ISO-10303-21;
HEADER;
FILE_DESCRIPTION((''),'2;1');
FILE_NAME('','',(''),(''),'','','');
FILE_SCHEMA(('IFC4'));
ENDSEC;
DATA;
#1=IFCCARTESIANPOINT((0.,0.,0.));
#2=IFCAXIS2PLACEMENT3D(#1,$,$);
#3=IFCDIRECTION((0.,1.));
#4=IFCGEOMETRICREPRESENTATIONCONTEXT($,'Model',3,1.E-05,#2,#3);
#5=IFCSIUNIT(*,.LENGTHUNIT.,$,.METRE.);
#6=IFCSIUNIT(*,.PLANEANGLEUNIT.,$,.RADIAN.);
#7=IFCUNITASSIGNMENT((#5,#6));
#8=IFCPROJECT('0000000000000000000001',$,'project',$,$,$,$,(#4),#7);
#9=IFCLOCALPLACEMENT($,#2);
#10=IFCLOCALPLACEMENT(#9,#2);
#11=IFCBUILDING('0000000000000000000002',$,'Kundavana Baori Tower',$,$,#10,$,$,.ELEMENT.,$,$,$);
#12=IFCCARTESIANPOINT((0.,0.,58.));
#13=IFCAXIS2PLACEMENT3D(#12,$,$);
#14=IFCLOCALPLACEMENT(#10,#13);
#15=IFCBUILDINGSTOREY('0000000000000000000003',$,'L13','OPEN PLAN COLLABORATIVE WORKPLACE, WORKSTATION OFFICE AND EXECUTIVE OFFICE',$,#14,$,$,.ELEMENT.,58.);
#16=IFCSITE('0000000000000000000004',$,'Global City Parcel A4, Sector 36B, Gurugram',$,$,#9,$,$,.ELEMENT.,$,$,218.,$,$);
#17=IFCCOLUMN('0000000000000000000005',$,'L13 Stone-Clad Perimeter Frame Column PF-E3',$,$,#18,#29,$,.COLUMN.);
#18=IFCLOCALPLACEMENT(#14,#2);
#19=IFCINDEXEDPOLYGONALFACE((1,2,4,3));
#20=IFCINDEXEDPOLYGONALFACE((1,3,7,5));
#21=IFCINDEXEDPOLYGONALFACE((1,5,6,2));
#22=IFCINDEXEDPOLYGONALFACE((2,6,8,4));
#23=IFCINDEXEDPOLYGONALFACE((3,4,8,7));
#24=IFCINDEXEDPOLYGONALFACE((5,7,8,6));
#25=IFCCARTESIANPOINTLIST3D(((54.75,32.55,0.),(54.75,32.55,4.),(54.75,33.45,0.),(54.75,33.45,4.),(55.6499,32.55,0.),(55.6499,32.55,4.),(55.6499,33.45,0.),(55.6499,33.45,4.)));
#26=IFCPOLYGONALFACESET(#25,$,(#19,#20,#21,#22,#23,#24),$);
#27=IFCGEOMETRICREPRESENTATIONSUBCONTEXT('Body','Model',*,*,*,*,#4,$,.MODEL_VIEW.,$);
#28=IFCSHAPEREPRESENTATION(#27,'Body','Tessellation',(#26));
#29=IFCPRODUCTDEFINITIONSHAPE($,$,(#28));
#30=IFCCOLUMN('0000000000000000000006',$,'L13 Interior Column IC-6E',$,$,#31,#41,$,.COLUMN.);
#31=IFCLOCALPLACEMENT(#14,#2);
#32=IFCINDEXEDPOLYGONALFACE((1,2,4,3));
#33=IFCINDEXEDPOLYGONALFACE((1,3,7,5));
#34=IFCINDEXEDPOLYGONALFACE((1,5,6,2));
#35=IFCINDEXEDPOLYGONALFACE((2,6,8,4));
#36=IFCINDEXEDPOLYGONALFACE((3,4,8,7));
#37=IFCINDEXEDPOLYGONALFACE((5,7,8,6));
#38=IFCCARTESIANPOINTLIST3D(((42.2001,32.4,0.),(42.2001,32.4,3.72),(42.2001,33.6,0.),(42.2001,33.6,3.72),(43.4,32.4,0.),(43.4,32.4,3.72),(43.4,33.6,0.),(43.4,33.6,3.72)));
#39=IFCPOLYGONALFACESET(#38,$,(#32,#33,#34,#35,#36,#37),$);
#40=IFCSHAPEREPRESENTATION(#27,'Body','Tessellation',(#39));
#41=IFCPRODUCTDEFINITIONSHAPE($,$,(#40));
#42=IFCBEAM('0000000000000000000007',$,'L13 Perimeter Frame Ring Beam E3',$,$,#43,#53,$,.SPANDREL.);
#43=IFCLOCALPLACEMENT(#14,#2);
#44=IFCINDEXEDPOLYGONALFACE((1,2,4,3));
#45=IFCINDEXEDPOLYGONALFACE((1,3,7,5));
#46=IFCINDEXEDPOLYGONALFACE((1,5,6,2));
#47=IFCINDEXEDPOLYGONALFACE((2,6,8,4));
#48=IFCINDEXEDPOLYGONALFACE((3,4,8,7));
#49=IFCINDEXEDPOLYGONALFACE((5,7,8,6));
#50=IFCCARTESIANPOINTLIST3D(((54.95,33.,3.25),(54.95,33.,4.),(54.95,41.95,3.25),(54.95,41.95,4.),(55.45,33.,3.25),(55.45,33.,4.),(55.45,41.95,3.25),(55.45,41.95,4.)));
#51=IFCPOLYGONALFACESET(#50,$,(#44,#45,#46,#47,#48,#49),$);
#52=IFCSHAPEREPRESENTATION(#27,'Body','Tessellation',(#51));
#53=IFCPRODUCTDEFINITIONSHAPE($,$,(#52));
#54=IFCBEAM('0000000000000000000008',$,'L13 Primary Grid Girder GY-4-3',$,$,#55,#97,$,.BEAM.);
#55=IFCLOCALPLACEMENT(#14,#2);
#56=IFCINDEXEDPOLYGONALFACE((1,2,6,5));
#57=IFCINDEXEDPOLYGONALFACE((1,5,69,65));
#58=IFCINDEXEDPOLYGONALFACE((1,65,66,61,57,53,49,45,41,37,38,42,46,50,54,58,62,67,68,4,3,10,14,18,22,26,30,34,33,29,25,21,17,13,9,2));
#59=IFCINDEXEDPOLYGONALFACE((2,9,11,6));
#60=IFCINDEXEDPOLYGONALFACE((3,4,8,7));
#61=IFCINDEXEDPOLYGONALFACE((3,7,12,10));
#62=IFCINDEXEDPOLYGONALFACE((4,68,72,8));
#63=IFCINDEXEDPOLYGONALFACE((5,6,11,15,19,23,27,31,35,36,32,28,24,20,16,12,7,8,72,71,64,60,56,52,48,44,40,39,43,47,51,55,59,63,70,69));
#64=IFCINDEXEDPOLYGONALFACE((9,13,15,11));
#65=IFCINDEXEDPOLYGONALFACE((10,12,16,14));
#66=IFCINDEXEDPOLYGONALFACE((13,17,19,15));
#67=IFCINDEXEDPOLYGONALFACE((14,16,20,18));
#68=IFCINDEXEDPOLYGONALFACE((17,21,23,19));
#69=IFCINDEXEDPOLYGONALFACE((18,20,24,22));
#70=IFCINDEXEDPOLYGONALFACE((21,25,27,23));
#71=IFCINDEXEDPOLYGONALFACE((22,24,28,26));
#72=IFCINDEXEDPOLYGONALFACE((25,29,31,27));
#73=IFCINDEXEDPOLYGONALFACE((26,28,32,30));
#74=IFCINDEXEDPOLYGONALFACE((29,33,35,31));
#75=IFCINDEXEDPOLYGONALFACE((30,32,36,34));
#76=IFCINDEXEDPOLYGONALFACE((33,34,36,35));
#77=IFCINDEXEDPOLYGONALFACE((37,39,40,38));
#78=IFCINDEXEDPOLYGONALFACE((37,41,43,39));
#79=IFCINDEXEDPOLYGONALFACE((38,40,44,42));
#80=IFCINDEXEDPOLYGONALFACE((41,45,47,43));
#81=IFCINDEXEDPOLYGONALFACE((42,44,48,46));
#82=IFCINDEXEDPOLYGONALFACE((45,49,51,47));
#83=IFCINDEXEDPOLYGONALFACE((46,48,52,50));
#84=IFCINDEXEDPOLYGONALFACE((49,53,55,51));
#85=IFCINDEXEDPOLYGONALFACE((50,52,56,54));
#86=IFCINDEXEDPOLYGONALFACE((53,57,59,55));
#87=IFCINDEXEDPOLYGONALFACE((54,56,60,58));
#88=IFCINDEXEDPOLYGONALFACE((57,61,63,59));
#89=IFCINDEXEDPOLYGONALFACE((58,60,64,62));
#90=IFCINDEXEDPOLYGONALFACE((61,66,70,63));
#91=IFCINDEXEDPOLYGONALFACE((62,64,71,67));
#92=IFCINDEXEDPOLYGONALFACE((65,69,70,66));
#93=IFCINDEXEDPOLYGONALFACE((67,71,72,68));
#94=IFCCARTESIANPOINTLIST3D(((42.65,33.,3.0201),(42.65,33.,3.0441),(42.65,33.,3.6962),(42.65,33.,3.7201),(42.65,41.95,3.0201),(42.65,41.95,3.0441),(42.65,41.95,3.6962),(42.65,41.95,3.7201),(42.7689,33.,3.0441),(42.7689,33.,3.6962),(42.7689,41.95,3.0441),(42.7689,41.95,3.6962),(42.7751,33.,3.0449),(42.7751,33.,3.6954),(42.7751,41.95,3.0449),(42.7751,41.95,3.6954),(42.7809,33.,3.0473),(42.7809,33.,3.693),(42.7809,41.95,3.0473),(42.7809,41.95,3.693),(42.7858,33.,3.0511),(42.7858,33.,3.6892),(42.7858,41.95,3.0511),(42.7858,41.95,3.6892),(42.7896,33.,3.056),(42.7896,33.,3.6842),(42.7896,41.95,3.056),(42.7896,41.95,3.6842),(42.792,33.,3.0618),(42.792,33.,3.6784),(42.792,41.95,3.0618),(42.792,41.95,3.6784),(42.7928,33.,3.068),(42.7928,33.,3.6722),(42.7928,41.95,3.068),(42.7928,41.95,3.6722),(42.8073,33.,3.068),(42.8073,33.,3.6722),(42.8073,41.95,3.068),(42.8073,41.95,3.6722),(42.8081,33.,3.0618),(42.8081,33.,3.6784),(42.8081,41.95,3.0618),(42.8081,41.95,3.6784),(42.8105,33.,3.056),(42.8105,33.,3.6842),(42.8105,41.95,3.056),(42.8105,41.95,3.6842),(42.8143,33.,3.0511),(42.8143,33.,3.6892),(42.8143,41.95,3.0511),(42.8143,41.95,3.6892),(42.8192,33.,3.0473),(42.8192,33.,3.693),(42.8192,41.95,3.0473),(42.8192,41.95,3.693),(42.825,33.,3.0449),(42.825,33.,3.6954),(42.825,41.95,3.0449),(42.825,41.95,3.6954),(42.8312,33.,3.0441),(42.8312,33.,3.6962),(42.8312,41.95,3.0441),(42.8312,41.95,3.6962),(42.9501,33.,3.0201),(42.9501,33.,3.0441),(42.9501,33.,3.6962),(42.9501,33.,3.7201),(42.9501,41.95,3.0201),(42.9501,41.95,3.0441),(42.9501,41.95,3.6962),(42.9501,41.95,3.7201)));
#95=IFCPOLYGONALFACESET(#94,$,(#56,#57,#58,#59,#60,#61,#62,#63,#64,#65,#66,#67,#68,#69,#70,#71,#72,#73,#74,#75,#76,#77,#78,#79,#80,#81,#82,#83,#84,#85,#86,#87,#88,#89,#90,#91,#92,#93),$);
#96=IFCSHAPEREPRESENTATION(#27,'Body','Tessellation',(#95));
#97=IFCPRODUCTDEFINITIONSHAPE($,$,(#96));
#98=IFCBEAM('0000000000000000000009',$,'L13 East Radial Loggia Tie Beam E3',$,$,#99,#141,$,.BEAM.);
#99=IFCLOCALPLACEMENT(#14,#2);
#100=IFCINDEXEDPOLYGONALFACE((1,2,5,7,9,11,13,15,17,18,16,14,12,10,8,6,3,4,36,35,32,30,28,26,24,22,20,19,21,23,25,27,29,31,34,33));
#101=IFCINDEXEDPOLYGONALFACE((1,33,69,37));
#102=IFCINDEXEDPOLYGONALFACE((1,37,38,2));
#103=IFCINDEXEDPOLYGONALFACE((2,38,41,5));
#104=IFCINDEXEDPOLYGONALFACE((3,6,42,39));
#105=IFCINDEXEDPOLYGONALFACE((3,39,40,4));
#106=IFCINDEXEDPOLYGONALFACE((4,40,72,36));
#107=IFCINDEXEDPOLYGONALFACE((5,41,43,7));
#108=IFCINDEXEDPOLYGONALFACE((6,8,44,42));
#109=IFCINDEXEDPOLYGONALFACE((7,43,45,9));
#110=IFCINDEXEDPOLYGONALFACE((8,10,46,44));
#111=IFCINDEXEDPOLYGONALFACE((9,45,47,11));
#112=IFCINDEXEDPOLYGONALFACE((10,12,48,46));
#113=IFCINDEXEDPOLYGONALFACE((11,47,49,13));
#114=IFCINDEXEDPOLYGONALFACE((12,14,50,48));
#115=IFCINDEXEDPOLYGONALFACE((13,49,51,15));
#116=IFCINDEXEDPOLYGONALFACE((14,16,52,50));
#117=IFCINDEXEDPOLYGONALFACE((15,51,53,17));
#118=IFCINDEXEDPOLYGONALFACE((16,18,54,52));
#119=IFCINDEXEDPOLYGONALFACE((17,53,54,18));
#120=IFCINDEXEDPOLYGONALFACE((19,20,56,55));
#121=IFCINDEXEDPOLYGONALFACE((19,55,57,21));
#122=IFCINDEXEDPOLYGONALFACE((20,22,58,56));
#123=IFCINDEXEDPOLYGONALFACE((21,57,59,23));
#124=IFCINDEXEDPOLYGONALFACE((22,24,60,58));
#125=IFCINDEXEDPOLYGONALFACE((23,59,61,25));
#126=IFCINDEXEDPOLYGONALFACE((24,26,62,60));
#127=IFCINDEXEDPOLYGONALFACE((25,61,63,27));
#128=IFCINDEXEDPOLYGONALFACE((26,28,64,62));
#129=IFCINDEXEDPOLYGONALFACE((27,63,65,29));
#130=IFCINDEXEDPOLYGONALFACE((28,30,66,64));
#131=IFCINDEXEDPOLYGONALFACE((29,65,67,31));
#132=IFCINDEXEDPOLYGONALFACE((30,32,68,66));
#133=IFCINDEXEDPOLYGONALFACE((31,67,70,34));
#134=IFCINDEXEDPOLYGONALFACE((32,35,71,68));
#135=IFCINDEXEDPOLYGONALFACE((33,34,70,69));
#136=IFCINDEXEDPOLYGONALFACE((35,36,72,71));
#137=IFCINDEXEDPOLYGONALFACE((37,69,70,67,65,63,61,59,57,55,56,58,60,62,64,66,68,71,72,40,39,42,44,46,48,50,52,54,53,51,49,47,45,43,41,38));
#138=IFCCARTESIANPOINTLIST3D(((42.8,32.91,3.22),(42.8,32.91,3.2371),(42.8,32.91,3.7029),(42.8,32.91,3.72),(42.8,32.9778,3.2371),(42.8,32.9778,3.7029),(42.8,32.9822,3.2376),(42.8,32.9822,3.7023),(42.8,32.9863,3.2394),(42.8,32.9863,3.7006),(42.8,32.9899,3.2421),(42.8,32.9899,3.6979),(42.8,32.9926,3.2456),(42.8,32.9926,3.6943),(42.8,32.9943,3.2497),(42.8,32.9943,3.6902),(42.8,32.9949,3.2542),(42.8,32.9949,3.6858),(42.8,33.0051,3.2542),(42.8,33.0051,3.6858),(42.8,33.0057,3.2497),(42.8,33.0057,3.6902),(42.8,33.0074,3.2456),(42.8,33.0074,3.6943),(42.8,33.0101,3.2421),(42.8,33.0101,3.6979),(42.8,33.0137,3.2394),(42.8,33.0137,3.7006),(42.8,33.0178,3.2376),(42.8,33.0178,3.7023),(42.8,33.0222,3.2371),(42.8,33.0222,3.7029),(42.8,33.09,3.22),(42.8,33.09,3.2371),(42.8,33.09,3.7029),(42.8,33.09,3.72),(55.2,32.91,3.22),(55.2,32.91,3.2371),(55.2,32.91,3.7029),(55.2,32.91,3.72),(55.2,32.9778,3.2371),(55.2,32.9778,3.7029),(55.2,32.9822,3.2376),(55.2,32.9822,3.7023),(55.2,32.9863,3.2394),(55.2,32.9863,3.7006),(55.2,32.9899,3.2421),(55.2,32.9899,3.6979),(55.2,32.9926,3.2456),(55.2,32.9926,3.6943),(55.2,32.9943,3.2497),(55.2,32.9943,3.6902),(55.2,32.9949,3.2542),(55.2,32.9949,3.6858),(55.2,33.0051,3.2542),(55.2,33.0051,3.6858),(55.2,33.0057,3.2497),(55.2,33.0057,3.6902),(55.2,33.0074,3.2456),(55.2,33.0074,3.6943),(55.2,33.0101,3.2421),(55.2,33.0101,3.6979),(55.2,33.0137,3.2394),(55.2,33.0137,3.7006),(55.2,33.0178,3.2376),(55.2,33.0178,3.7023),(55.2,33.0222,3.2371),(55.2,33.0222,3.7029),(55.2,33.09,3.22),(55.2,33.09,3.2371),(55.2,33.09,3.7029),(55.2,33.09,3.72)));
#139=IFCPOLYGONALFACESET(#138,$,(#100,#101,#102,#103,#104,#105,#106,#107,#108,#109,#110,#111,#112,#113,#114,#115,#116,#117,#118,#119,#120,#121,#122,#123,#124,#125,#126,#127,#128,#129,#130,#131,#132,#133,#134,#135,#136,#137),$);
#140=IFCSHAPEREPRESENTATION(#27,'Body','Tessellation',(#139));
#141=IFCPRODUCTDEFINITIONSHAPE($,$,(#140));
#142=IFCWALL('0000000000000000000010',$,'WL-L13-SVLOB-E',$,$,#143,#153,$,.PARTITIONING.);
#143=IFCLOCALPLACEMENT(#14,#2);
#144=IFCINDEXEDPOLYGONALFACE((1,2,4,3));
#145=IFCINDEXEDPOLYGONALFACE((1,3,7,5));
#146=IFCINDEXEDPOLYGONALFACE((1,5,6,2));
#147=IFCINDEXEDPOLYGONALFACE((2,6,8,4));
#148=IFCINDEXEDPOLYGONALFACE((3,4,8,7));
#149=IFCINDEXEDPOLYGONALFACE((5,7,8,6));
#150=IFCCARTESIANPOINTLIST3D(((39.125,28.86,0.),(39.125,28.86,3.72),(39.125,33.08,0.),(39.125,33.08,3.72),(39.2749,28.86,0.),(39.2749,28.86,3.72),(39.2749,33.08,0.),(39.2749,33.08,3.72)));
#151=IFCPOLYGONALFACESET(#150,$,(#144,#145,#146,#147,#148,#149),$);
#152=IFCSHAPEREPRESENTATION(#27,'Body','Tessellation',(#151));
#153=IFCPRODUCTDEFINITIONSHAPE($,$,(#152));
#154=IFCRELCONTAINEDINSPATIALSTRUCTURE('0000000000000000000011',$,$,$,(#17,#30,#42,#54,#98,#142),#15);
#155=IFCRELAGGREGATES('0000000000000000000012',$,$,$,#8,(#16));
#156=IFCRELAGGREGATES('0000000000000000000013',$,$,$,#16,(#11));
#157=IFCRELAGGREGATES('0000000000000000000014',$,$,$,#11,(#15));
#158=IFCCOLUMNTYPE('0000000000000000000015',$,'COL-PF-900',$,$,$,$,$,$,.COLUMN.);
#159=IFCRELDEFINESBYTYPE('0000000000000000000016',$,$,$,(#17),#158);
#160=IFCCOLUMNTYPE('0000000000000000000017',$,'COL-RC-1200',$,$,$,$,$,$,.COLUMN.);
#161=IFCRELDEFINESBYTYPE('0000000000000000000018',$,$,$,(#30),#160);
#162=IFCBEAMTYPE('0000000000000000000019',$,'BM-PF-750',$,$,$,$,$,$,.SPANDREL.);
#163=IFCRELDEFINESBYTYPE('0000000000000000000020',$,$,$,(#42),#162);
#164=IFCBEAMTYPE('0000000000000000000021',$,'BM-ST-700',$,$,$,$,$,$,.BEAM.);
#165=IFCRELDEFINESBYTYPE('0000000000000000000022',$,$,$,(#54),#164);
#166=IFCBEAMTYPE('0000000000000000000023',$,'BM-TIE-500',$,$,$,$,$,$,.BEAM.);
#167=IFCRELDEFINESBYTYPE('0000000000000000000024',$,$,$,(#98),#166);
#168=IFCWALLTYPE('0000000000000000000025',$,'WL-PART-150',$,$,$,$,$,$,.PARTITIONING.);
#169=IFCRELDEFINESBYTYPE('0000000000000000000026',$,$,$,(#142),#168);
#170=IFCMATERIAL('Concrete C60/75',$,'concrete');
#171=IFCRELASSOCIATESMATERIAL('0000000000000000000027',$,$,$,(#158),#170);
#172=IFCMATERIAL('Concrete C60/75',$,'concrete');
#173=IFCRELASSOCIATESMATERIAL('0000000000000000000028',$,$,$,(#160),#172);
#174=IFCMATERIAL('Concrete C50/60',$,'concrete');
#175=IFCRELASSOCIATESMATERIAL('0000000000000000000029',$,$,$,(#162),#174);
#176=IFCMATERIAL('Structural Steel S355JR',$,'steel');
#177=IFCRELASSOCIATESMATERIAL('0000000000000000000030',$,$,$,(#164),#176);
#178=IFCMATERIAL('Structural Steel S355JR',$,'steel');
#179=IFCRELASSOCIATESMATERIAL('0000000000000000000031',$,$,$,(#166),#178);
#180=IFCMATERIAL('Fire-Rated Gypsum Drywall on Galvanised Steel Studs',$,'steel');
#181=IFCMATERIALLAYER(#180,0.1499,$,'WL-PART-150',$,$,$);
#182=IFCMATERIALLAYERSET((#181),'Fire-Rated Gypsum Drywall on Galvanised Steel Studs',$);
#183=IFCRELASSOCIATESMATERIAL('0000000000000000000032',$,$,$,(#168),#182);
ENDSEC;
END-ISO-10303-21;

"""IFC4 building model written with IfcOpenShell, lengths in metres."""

from ifc_helpers import new_model, si_unit, direction, frame, frame_2d, origin, origin_2d, place, context, subcontext, project, spatial, rectangle, i_section, extrude, material, layer, layer_set, material_profile, profile_set, type_object, element, save


model = new_model("IFC4")

# Units and contexts
model_context = context("Model", 3, precision=1e-05, world=origin(), true_north=direction((0.0, 1.0)))
body_context = subcontext(model_context, "Body", "Model", "MODEL_VIEW")
ifc_project = project(units=[si_unit("LENGTHUNIT", "METRE"), si_unit("PLANEANGLEUNIT", "RADIAN")], contexts=[model_context])

# Site, building, storey
site_placement = place(None, origin())
site = spatial("IfcSite", under=ifc_project, at=site_placement, Name="Global City Parcel A4, Sector 36B, Gurugram", CompositionType="ELEMENT", RefElevation=218.0)
building_placement = place(site_placement, origin())
building = spatial("IfcBuilding", under=site, at=building_placement, Name="Kundavana Baori Tower", CompositionType="ELEMENT")
storey_placement = place(building_placement, frame((0.0, 0.0, 58.0)))
storey = spatial("IfcBuildingStorey", under=building, at=storey_placement, Name="L13", Description="OPEN PLAN COLLABORATIVE WORKPLACE, WORKSTATION OFFICE AND EXECUTIVE OFFICE", CompositionType="ELEMENT", Elevation=58.0)

# Columns
ifc_material_1 = material(Name="Concrete C60/75", Category="concrete")
ifc_material_profile_1 = material_profile(ifc_material_1, rectangle(XDim=0.8999, YDim=0.8999, at=origin_2d()), Name="RC PF 900x900")
ifc_profile_set_1 = profile_set([ifc_material_profile_1], Name="Concrete C60/75")
column_type_1 = type_object("IfcColumnType", Name="COL-PF-900", PredefinedType="COLUMN", material=ifc_profile_set_1)
column_1_placement = place(storey_placement, frame((55.2, 33.0, 0.0), z_axis=(0.0, 0.0, 1.0), x_axis=(1.0, 0.0, 0.0)))
element("IfcColumn", 1, at=column_1_placement, inside=storey, type_object=column_type_1, Name="L13 Stone-Clad Perimeter Frame Column PF-E3", PredefinedType="COLUMN", context=body_context, shape_type="SweptSolid", body=[
    extrude(rectangle(XDim=0.8999, YDim=0.8999, at=origin_2d()), origin(), (0.0, 0.0, 1.0), 4.0),
])
ifc_material_2 = material(Name="Concrete C60/75", Category="concrete")
ifc_material_profile_2 = material_profile(ifc_material_2, rectangle(XDim=1.2, YDim=1.2, at=origin_2d()), Name="RC 1200x1200")
ifc_profile_set_2 = profile_set([ifc_material_profile_2], Name="Concrete C60/75")
column_type_2 = type_object("IfcColumnType", Name="COL-RC-1200", PredefinedType="COLUMN", material=ifc_profile_set_2)
column_2_placement = place(storey_placement, frame((42.8, 33.0, 0.0), z_axis=(0.0, 0.0, 1.0), x_axis=(1.0, 0.0, 0.0)))
element("IfcColumn", 2, at=column_2_placement, inside=storey, type_object=column_type_2, Name="L13 Interior Column IC-6E", PredefinedType="COLUMN", context=body_context, shape_type="SweptSolid", body=[
    extrude(rectangle(XDim=1.2, YDim=1.2, at=origin_2d()), origin(), (0.0, 0.0, 1.0), 3.72),
])

# Beams
ifc_material_3 = material(Name="Concrete C50/60", Category="concrete")
ifc_material_profile_3 = material_profile(ifc_material_3, rectangle(XDim=0.5, YDim=0.75, at=origin_2d()), Name="RC BM 500x750")
ifc_profile_set_3 = profile_set([ifc_material_profile_3], Name="Concrete C50/60")
beam_type_1 = type_object("IfcBeamType", Name="BM-PF-750", PredefinedType="SPANDREL", material=ifc_profile_set_3)
beam_1_placement = place(storey_placement, frame((55.2, 33.0, 3.625), z_axis=(0.0, 1.0, 0.0), x_axis=(-1.0, 0.0, 0.0)))
element("IfcBeam", 3, at=beam_1_placement, inside=storey, type_object=beam_type_1, Name="L13 Perimeter Frame Ring Beam E3", PredefinedType="SPANDREL", context=body_context, shape_type="SweptSolid", body=[
    extrude(rectangle(XDim=0.5, YDim=0.75, at=origin_2d()), origin(), (0.0, 0.0, 1.0), 8.95),
])
ifc_material_4 = material(Name="Structural Steel S355JR", Category="steel")
ifc_material_profile_4 = material_profile(ifc_material_4, i_section(OverallWidth=0.3, OverallDepth=0.7, WebThickness=0.0144, FlangeThickness=0.0239, FilletRadius=0.0239, at=origin_2d()), Name="NPB 700x300x170")
ifc_profile_set_4 = profile_set([ifc_material_profile_4], Name="Structural Steel S355JR")
beam_type_2 = type_object("IfcBeamType", Name="BM-ST-700", PredefinedType="BEAM", material=ifc_profile_set_4)
beam_2_placement = place(storey_placement, frame((42.8, 33.0, 3.3701), z_axis=(0.0, 1.0, 0.0), x_axis=(-1.0, 0.0, 0.0)))
element("IfcBeam", 4, at=beam_2_placement, inside=storey, type_object=beam_type_2, Name="L13 Primary Grid Girder GY-4-3", PredefinedType="BEAM", context=body_context, shape_type="SweptSolid", body=[
    extrude(i_section(OverallWidth=0.3, OverallDepth=0.7, WebThickness=0.0144, FlangeThickness=0.0239, FilletRadius=0.0239, at=origin_2d()), origin(), (0.0, 0.0, 1.0), 8.95),
])
ifc_material_5 = material(Name="Structural Steel S355JR", Category="steel")
ifc_material_profile_5 = material_profile(ifc_material_5, i_section(OverallWidth=0.1799, OverallDepth=0.5, WebThickness=0.0103, FlangeThickness=0.0171, FilletRadius=0.0171, at=origin_2d()), Name="ISMB 500")
ifc_profile_set_5 = profile_set([ifc_material_profile_5], Name="Structural Steel S355JR")
beam_type_3 = type_object("IfcBeamType", Name="BM-TIE-500", PredefinedType="BEAM", material=ifc_profile_set_5)
beam_3_placement = place(storey_placement, frame((42.8, 33.0, 3.47), z_axis=(1.0, 0.0, 0.0), x_axis=(0.0, 1.0, 0.0)))
element("IfcBeam", 5, at=beam_3_placement, inside=storey, type_object=beam_type_3, Name="L13 East Radial Loggia Tie Beam E3", PredefinedType="BEAM", context=body_context, shape_type="SweptSolid", body=[
    extrude(i_section(OverallWidth=0.1799, OverallDepth=0.5, WebThickness=0.0103, FlangeThickness=0.0171, FilletRadius=0.0171, at=origin_2d()), origin(), (0.0, 0.0, 1.0), 12.3999),
])

# Wall
ifc_material_6 = material(Name="Fire-Rated Gypsum Drywall on Galvanised Steel Studs", Category="steel")
ifc_layer_1 = layer(ifc_material_6, 0.1499, Name="WL-PART-150")
ifc_layer_set_1 = layer_set([ifc_layer_1], Name="Fire-Rated Gypsum Drywall on Galvanised Steel Studs")
wall_type_1 = type_object("IfcWallType", Name="WL-PART-150", PredefinedType="PARTITIONING", material=ifc_layer_set_1)
wall_1_placement = place(storey_placement, frame((39.2, 28.8601, 0.0), z_axis=(0.0, 0.0, 1.0), x_axis=(0.0, 1.0, 0.0)))
element("IfcWall", 6, at=wall_1_placement, inside=storey, type_object=wall_type_1, Name="WL-L13-SVLOB-E", PredefinedType="PARTITIONING", context=body_context, shape_type="SweptSolid", body=[
    extrude(rectangle(XDim=4.22, YDim=0.1499, at=frame_2d((2.1099, 0.0))), origin(), (0.0, 0.0, 1.0), 3.72),
])

save(model, "model.ifc")
